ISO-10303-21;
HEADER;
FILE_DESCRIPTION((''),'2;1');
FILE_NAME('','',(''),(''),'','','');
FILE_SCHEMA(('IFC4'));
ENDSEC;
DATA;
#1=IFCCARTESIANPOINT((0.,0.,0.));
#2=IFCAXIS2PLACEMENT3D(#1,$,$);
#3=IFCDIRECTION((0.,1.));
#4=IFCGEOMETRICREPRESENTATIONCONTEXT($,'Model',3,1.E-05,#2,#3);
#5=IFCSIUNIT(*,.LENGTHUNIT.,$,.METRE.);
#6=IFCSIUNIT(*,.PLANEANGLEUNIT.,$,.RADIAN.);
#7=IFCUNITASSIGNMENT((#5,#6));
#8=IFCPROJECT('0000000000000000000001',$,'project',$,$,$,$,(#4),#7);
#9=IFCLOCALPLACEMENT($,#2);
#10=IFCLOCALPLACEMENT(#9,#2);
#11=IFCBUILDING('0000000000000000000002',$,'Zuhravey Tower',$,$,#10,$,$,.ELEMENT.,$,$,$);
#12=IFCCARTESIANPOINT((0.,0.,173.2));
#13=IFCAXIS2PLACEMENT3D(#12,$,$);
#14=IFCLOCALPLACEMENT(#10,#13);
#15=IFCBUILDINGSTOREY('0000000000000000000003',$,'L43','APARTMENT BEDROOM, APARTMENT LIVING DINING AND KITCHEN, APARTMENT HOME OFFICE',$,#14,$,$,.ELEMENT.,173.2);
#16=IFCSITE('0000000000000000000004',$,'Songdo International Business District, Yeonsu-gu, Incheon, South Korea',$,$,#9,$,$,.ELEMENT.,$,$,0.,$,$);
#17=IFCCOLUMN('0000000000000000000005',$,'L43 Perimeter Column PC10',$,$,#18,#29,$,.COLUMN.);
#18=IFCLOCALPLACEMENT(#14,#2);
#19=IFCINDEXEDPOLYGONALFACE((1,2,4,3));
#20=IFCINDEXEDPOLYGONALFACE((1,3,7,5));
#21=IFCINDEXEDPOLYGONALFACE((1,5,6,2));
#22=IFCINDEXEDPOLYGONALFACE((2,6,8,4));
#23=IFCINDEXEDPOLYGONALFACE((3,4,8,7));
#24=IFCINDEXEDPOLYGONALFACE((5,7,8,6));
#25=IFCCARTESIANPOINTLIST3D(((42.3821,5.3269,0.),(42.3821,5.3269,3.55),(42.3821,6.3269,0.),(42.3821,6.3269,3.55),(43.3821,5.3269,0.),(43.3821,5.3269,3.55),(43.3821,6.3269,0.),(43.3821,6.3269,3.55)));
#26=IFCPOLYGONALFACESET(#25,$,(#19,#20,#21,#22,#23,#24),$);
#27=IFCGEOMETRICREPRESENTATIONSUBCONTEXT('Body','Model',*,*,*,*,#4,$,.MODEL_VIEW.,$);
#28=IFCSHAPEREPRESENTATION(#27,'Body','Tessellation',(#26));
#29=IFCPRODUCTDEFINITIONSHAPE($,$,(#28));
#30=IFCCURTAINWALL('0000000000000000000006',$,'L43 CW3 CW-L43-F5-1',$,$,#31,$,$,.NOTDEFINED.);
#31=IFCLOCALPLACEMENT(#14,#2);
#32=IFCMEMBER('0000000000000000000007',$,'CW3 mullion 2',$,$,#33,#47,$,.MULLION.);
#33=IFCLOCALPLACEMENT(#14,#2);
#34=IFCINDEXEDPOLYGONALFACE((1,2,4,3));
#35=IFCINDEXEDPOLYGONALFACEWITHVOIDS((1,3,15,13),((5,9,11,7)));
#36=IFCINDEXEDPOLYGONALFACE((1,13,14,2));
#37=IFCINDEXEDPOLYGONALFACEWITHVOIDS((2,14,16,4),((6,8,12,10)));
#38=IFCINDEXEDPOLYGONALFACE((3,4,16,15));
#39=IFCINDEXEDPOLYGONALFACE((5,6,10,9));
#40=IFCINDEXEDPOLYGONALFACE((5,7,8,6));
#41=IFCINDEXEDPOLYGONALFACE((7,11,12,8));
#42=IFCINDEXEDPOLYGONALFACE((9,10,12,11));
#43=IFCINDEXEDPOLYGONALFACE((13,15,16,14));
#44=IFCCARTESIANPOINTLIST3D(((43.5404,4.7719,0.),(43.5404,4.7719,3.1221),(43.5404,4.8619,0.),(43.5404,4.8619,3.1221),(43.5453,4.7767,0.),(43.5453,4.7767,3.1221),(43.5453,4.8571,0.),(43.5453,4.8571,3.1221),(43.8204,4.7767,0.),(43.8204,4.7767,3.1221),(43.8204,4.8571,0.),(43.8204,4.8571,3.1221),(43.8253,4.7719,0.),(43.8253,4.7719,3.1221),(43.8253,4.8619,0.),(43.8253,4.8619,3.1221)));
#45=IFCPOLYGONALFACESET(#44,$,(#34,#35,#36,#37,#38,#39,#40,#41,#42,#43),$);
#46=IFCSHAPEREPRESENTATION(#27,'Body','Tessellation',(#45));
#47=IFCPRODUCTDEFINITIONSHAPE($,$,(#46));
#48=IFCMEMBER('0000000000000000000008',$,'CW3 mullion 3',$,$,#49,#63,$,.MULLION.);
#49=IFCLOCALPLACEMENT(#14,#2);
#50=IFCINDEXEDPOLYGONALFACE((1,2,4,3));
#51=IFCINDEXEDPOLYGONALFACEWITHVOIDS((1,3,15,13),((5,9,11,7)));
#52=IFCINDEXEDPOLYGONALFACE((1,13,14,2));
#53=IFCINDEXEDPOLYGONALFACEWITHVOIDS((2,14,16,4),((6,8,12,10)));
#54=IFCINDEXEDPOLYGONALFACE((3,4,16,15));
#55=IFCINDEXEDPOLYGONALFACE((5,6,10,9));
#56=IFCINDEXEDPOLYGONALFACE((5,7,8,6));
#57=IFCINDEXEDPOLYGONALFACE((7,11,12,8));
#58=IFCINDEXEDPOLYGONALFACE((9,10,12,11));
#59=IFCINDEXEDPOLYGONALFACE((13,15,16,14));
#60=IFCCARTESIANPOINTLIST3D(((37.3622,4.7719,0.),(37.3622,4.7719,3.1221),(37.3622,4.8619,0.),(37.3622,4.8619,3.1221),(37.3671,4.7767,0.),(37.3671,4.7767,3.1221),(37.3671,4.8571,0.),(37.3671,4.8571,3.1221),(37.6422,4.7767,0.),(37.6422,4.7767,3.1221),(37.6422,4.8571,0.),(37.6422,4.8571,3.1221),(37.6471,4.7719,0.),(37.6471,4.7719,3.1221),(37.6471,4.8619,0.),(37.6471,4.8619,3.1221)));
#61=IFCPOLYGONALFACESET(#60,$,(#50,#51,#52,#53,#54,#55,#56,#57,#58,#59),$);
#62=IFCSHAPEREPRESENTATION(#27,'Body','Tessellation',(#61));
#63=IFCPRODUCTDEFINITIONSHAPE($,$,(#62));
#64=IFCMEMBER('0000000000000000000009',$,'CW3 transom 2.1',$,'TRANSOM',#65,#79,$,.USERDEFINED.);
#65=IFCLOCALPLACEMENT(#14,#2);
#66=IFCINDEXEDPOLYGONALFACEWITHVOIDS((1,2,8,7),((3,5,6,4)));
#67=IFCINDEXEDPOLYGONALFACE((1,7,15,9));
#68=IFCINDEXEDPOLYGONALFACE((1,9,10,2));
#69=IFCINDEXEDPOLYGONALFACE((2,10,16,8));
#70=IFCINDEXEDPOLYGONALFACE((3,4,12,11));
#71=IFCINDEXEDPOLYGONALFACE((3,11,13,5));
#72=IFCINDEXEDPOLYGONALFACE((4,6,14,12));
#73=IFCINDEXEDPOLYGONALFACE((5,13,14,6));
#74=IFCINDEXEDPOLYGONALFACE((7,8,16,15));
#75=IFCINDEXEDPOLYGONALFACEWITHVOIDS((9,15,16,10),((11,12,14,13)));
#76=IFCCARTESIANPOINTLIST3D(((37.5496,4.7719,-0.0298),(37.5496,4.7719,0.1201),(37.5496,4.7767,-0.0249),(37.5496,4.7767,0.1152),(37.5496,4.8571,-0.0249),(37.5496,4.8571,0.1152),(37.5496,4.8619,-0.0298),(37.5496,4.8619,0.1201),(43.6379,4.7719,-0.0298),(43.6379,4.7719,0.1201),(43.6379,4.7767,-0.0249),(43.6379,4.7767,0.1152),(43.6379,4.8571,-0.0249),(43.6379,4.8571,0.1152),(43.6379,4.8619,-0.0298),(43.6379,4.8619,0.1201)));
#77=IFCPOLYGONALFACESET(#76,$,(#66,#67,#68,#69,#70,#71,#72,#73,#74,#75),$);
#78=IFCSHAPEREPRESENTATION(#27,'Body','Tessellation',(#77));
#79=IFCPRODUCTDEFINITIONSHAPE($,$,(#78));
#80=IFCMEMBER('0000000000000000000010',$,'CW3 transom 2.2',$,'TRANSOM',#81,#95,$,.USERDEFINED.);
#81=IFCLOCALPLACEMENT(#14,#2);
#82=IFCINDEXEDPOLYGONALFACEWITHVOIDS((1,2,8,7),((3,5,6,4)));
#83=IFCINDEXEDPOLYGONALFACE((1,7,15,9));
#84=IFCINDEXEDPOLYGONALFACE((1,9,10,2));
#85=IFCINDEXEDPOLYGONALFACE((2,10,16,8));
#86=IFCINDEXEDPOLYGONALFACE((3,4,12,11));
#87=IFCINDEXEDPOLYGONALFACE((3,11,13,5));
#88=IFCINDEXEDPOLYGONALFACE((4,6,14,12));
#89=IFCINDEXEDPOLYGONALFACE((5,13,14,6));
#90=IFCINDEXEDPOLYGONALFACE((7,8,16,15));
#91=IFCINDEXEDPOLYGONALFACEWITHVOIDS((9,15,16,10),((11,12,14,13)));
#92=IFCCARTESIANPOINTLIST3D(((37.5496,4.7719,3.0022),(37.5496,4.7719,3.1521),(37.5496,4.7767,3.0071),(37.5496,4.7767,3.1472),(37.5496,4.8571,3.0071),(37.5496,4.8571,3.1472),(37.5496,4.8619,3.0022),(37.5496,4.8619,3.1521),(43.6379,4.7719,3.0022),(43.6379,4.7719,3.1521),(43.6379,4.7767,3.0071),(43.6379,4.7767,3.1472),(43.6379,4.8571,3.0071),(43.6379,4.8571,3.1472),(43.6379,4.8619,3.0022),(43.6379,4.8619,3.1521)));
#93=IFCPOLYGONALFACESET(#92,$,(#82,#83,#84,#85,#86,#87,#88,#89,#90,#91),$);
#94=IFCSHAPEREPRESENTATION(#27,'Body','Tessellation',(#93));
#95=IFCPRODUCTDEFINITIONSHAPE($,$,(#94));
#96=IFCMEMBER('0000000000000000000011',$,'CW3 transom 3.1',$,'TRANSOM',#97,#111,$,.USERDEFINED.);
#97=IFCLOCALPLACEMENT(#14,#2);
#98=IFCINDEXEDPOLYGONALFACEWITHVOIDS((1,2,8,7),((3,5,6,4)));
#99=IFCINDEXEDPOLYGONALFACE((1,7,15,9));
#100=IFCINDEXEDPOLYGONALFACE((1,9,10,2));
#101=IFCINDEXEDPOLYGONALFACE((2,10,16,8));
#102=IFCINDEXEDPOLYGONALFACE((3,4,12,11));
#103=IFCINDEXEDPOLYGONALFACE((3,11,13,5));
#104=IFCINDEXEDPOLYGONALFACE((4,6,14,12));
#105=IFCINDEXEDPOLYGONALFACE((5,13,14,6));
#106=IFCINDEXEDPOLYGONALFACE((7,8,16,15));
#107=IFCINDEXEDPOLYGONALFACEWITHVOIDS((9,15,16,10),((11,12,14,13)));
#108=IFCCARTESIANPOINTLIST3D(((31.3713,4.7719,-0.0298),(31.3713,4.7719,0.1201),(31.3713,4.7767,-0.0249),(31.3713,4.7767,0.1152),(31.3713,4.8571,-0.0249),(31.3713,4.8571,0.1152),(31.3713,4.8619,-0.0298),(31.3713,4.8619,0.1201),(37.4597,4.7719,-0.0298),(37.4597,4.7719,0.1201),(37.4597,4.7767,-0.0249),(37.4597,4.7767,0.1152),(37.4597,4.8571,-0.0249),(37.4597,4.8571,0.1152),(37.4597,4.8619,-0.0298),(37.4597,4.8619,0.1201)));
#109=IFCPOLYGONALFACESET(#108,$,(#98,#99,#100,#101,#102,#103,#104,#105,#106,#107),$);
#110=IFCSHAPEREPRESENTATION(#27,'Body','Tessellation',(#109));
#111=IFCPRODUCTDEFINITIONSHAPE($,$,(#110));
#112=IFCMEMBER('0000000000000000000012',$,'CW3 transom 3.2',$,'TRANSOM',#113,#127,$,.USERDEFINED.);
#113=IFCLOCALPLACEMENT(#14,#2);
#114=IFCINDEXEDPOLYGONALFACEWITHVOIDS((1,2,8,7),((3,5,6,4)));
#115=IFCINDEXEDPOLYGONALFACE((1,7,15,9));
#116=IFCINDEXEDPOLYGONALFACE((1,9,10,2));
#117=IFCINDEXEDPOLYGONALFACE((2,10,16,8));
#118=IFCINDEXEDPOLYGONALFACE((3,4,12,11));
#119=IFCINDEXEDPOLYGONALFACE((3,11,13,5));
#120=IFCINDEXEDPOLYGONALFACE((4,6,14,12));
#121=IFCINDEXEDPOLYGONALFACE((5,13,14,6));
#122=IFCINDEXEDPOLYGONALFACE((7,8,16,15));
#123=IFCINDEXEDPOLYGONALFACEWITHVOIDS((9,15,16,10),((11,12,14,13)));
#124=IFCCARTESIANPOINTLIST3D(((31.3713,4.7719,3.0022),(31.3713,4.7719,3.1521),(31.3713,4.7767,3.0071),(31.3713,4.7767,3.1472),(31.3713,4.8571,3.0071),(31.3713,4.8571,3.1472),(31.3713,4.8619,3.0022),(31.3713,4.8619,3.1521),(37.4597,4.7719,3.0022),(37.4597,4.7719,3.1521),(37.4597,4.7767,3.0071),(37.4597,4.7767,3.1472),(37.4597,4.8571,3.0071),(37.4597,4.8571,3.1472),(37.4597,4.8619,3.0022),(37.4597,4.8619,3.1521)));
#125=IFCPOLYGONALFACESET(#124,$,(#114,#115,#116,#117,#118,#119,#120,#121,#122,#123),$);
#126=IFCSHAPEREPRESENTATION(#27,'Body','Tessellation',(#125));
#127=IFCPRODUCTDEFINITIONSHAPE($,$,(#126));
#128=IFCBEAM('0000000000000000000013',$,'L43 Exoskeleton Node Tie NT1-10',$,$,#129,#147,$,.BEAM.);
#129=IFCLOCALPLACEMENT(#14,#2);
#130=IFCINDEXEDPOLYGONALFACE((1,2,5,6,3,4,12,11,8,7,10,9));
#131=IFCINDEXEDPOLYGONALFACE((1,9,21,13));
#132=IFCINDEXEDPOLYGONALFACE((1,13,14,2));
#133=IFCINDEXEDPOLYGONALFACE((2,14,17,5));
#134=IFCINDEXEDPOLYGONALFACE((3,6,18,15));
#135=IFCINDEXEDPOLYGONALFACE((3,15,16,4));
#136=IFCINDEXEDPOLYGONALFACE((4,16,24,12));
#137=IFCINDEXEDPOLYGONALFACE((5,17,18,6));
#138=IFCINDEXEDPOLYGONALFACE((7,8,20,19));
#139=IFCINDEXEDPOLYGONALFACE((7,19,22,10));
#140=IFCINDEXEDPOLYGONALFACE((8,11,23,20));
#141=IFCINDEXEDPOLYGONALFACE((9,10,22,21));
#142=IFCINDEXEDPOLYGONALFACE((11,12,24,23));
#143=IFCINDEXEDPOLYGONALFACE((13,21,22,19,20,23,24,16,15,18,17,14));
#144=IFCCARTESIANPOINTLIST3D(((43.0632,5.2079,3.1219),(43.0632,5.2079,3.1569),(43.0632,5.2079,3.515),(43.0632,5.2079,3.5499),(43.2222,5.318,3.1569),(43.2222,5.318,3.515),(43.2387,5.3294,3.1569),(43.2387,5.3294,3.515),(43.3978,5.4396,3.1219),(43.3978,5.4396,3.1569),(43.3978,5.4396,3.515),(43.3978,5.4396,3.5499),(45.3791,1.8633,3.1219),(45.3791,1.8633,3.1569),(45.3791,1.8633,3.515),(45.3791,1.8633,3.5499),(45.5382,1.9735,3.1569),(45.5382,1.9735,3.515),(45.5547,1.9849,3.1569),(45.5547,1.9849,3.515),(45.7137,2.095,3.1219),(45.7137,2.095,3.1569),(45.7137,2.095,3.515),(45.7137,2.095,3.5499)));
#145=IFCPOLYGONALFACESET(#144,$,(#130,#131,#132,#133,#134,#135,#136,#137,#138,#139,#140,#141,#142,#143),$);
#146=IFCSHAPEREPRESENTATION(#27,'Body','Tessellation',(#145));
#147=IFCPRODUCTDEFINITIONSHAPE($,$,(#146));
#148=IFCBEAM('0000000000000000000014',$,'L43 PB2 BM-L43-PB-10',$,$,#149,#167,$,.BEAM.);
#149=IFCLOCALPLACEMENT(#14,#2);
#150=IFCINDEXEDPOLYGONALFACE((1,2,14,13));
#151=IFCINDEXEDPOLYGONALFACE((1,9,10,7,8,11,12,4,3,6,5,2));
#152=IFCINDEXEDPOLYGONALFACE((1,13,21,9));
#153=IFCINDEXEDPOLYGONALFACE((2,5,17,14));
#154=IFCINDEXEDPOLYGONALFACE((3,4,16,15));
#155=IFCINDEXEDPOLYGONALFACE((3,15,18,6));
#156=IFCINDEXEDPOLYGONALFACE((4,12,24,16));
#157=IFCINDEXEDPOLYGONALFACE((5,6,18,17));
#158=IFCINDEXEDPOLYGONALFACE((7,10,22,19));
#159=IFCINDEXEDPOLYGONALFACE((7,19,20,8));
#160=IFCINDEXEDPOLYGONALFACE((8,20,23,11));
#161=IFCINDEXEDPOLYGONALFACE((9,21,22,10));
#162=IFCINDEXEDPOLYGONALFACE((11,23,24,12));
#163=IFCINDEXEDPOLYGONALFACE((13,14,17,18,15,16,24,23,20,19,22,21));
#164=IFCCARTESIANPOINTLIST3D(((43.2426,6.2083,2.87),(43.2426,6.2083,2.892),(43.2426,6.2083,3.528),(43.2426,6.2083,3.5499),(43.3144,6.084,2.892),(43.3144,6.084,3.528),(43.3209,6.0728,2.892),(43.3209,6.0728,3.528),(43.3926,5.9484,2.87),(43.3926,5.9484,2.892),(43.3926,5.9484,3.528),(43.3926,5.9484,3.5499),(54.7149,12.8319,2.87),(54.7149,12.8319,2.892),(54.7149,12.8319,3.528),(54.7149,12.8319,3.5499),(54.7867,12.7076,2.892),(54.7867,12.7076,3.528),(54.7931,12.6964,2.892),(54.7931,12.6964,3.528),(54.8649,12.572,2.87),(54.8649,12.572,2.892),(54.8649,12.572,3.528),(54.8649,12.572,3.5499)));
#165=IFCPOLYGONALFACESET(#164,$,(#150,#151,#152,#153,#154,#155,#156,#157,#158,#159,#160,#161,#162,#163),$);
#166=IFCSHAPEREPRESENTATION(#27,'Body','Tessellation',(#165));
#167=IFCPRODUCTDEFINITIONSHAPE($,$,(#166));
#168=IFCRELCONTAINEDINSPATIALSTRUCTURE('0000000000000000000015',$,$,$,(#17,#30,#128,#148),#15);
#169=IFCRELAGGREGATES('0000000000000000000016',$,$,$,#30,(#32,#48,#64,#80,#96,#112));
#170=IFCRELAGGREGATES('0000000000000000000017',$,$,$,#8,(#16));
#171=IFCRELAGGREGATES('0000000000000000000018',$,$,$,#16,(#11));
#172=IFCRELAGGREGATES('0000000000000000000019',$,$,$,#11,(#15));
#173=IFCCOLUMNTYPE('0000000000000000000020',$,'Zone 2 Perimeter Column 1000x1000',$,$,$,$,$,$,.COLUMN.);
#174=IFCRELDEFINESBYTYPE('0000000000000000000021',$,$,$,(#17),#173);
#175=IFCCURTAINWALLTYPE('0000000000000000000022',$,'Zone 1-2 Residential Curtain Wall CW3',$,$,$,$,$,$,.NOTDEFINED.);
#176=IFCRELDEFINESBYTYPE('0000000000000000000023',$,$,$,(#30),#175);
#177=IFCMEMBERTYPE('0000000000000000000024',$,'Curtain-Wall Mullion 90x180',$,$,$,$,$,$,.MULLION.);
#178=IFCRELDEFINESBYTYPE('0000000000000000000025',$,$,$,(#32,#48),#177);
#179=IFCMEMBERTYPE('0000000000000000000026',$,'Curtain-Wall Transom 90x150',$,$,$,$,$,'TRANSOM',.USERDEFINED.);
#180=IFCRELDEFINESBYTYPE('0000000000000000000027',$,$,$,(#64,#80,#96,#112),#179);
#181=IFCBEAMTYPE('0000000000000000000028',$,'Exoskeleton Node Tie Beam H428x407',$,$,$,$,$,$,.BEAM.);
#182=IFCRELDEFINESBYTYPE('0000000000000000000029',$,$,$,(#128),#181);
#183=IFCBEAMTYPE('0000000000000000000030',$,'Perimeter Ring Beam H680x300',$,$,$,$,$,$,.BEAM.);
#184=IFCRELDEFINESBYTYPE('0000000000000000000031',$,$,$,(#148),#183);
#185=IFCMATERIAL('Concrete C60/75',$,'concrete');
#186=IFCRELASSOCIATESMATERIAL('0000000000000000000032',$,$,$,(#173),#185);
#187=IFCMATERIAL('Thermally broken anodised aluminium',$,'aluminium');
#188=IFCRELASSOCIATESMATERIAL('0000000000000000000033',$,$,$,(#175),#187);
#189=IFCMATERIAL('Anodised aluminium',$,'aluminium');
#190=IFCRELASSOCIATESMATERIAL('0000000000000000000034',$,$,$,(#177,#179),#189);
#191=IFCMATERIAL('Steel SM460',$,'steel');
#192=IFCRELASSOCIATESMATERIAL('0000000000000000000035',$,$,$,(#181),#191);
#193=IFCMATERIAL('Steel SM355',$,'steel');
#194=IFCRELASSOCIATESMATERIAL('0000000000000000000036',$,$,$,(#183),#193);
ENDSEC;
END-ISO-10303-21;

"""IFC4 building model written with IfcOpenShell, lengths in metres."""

from ifc_helpers import new_model, si_unit, direction, frame, origin, origin_2d, place, context, subcontext, project, spatial, rectangle, hollow_rectangle, i_section, extrude, material, material_profile, profile_set, type_object, element, aggregate, save


model = new_model("IFC4")

# Units and contexts
model_context = context("Model", 3, precision=1e-05, world=origin(), true_north=direction((0.0, 1.0)))
body_context = subcontext(model_context, "Body", "Model", "MODEL_VIEW")
ifc_project = project(units=[si_unit("LENGTHUNIT", "METRE"), si_unit("PLANEANGLEUNIT", "RADIAN")], contexts=[model_context])

# Site, building, storey
site_placement = place(None, origin())
site = spatial("IfcSite", under=ifc_project, at=site_placement, Name="Songdo International Business District, Yeonsu-gu, Incheon, South Korea", CompositionType="ELEMENT", RefElevation=0.0)
building_placement = place(site_placement, origin())
building = spatial("IfcBuilding", under=site, at=building_placement, Name="Zuhravey Tower", CompositionType="ELEMENT")
storey_placement = place(building_placement, frame((0.0, 0.0, 173.2)))
storey = spatial("IfcBuildingStorey", under=building, at=storey_placement, Name="L43", Description="APARTMENT BEDROOM, APARTMENT LIVING DINING AND KITCHEN, APARTMENT HOME OFFICE", CompositionType="ELEMENT", Elevation=173.2)

# Column
ifc_material_1 = material(Name="Concrete C60/75", Category="concrete")
ifc_material_profile_1 = material_profile(ifc_material_1, rectangle(XDim=1.0, YDim=1.0, at=origin_2d()), Name="RC-1000x1000")
ifc_profile_set_1 = profile_set([ifc_material_profile_1], Name="Concrete C60/75")
column_type = type_object("IfcColumnType", Name="Zone 2 Perimeter Column 1000x1000", PredefinedType="COLUMN", material=ifc_profile_set_1)
column_placement = place(storey_placement, frame((42.8821, 5.8269, 0.0), z_axis=(0.0, 0.0, 1.0), x_axis=(1.0, 0.0, 0.0)))
element("IfcColumn", 1, at=column_placement, inside=storey, type_object=column_type, Name="L43 Perimeter Column PC10", PredefinedType="COLUMN", context=body_context, shape_type="SweptSolid", body=[
    extrude(rectangle(XDim=1.0, YDim=1.0, at=origin_2d()), origin(), (0.0, 0.0, 1.0), 3.55),
])

# Curtain wall, members
ifc_material_2 = material(Name="Thermally broken anodised aluminium", Category="aluminium")
curtain_wall_type = type_object("IfcCurtainWallType", Name="Zone 1-2 Residential Curtain Wall CW3", PredefinedType="NOTDEFINED", material=ifc_material_2)
curtain_wall_placement = place(storey_placement, origin())
curtain_wall = element("IfcCurtainWall", 2, at=curtain_wall_placement, inside=storey, type_object=curtain_wall_type, Name="L43 CW3 CW-L43-F5-1", PredefinedType="NOTDEFINED")
ifc_material_3 = material(Name="Anodised aluminium", Category="aluminium")
ifc_material_profile_2 = material_profile(ifc_material_3, hollow_rectangle(XDim=0.0901, YDim=0.2849, WallThickness=0.0049, at=origin_2d()), Name="ALU-RHS-90x285x5")
ifc_profile_set_2 = profile_set([ifc_material_profile_2], Name="Anodised aluminium")
member_type_1 = type_object("IfcMemberType", Name="Curtain-Wall Mullion 90x180", PredefinedType="MULLION", material=ifc_profile_set_2)
member_1_placement = place(storey_placement, frame((43.6829, 4.8169, 0.0), z_axis=(0.0, 0.0, 1.0), x_axis=(0.0, -1.0, 0.0)))
member_1 = element("IfcMember", 3, at=member_1_placement, type_object=member_type_1, Name="CW3 mullion 2", PredefinedType="MULLION", context=body_context, shape_type="SweptSolid", body=[
    extrude(hollow_rectangle(XDim=0.0901, YDim=0.2849, WallThickness=0.0049, at=origin_2d()), origin(), (0.0, 0.0, 1.0), 3.1221),
])
member_2_placement = place(storey_placement, frame((37.5046, 4.8169, 0.0), z_axis=(0.0, 0.0, 1.0), x_axis=(0.0, -1.0, 0.0)))
member_2 = element("IfcMember", 4, at=member_2_placement, type_object=member_type_1, Name="CW3 mullion 3", PredefinedType="MULLION", context=body_context, shape_type="SweptSolid", body=[
    extrude(hollow_rectangle(XDim=0.0901, YDim=0.2849, WallThickness=0.0049, at=origin_2d()), origin(), (0.0, 0.0, 1.0), 3.1221),
])
ifc_material_profile_3 = material_profile(ifc_material_3, hollow_rectangle(XDim=0.0901, YDim=0.1499, WallThickness=0.0049, at=origin_2d()), Name="ALU-RHS-90x150x5")
ifc_profile_set_3 = profile_set([ifc_material_profile_3], Name="Anodised aluminium")
member_type_2 = type_object("IfcMemberType", Name="Curtain-Wall Transom 90x150", ElementType="TRANSOM", PredefinedType="USERDEFINED", material=ifc_profile_set_3)
member_3_placement = place(storey_placement, frame((43.6379, 4.8169, 0.0452), z_axis=(-1.0, 0.0, 0.0), x_axis=(0.0, -1.0, 0.0)))
member_3 = element("IfcMember", 5, at=member_3_placement, type_object=member_type_2, Name="CW3 transom 2.1", ObjectType="TRANSOM", PredefinedType="USERDEFINED", context=body_context, shape_type="SweptSolid", body=[
    extrude(hollow_rectangle(XDim=0.0901, YDim=0.1499, WallThickness=0.0049, at=origin_2d()), origin(), (0.0, 0.0, 1.0), 6.0884),
])
member_4_placement = place(storey_placement, frame((43.6379, 4.8169, 3.0771), z_axis=(-1.0, 0.0, 0.0), x_axis=(0.0, -1.0, 0.0)))
member_4 = element("IfcMember", 6, at=member_4_placement, type_object=member_type_2, Name="CW3 transom 2.2", ObjectType="TRANSOM", PredefinedType="USERDEFINED", context=body_context, shape_type="SweptSolid", body=[
    extrude(hollow_rectangle(XDim=0.0901, YDim=0.1499, WallThickness=0.0049, at=origin_2d()), origin(), (0.0, 0.0, 1.0), 6.0884),
])
member_5_placement = place(storey_placement, frame((37.4597, 4.8169, 0.0452), z_axis=(-1.0, 0.0, 0.0), x_axis=(0.0, -1.0, 0.0)))
member_5 = element("IfcMember", 7, at=member_5_placement, type_object=member_type_2, Name="CW3 transom 3.1", ObjectType="TRANSOM", PredefinedType="USERDEFINED", context=body_context, shape_type="SweptSolid", body=[
    extrude(hollow_rectangle(XDim=0.0901, YDim=0.1499, WallThickness=0.0049, at=origin_2d()), origin(), (0.0, 0.0, 1.0), 6.0884),
])
member_6_placement = place(storey_placement, frame((37.4597, 4.8169, 3.0771), z_axis=(-1.0, 0.0, 0.0), x_axis=(0.0, -1.0, 0.0)))
member_6 = element("IfcMember", 8, at=member_6_placement, type_object=member_type_2, Name="CW3 transom 3.2", ObjectType="TRANSOM", PredefinedType="USERDEFINED", context=body_context, shape_type="SweptSolid", body=[
    extrude(hollow_rectangle(XDim=0.0901, YDim=0.1499, WallThickness=0.0049, at=origin_2d()), origin(), (0.0, 0.0, 1.0), 6.0884),
])

# Beams
ifc_material_4 = material(Name="Steel SM460", Category="steel")
ifc_material_profile_4 = material_profile(ifc_material_4, i_section(OverallWidth=0.407, OverallDepth=0.428, WebThickness=0.02, FlangeThickness=0.0349, at=origin_2d()), Name="H-428x407x20x35")
ifc_profile_set_4 = profile_set([ifc_material_profile_4], Name="Steel SM460")
beam_type_1 = type_object("IfcBeamType", Name="Exoskeleton Node Tie Beam H428x407", PredefinedType="BEAM", material=ifc_profile_set_4)
beam_1_placement = place(storey_placement, frame((43.2305, 5.3237, 3.3359), z_axis=(0.569294, -0.822134, 0.0), x_axis=(0.822134, 0.569294, 0.0)))
element("IfcBeam", 9, at=beam_1_placement, inside=storey, type_object=beam_type_1, Name="L43 Exoskeleton Node Tie NT1-10", PredefinedType="BEAM", context=body_context, shape_type="SweptSolid", body=[
    extrude(i_section(OverallWidth=0.407, OverallDepth=0.428, WebThickness=0.02, FlangeThickness=0.0349, at=origin_2d()), origin(), (0.0, 0.0, 1.0), 4.0681),
])
ifc_material_5 = material(Name="Steel SM355", Category="steel")
ifc_material_profile_5 = material_profile(ifc_material_5, i_section(OverallWidth=0.3, OverallDepth=0.6799, WebThickness=0.0129, FlangeThickness=0.022, at=origin_2d()), Name="H-680x300x13x22")
ifc_profile_set_5 = profile_set([ifc_material_profile_5], Name="Steel SM355")
beam_type_2 = type_object("IfcBeamType", Name="Perimeter Ring Beam H680x300", PredefinedType="BEAM", material=ifc_profile_set_5)
beam_2_placement = place(storey_placement, frame((43.3176, 6.0784, 3.21), z_axis=(0.866023, 0.500004, 0.0), x_axis=(-0.500004, 0.866023, 0.0)))
element("IfcBeam", 10, at=beam_2_placement, inside=storey, type_object=beam_type_2, Name="L43 PB2 BM-L43-PB-10", PredefinedType="BEAM", context=body_context, shape_type="SweptSolid", body=[
    extrude(i_section(OverallWidth=0.3, OverallDepth=0.6799, WebThickness=0.0129, FlangeThickness=0.022, at=origin_2d()), origin(), (0.0, 0.0, 1.0), 13.2471),
])

aggregate(curtain_wall, [member_1, member_2, member_3, member_4, member_5, member_6])

save(model, "model.ifc")
